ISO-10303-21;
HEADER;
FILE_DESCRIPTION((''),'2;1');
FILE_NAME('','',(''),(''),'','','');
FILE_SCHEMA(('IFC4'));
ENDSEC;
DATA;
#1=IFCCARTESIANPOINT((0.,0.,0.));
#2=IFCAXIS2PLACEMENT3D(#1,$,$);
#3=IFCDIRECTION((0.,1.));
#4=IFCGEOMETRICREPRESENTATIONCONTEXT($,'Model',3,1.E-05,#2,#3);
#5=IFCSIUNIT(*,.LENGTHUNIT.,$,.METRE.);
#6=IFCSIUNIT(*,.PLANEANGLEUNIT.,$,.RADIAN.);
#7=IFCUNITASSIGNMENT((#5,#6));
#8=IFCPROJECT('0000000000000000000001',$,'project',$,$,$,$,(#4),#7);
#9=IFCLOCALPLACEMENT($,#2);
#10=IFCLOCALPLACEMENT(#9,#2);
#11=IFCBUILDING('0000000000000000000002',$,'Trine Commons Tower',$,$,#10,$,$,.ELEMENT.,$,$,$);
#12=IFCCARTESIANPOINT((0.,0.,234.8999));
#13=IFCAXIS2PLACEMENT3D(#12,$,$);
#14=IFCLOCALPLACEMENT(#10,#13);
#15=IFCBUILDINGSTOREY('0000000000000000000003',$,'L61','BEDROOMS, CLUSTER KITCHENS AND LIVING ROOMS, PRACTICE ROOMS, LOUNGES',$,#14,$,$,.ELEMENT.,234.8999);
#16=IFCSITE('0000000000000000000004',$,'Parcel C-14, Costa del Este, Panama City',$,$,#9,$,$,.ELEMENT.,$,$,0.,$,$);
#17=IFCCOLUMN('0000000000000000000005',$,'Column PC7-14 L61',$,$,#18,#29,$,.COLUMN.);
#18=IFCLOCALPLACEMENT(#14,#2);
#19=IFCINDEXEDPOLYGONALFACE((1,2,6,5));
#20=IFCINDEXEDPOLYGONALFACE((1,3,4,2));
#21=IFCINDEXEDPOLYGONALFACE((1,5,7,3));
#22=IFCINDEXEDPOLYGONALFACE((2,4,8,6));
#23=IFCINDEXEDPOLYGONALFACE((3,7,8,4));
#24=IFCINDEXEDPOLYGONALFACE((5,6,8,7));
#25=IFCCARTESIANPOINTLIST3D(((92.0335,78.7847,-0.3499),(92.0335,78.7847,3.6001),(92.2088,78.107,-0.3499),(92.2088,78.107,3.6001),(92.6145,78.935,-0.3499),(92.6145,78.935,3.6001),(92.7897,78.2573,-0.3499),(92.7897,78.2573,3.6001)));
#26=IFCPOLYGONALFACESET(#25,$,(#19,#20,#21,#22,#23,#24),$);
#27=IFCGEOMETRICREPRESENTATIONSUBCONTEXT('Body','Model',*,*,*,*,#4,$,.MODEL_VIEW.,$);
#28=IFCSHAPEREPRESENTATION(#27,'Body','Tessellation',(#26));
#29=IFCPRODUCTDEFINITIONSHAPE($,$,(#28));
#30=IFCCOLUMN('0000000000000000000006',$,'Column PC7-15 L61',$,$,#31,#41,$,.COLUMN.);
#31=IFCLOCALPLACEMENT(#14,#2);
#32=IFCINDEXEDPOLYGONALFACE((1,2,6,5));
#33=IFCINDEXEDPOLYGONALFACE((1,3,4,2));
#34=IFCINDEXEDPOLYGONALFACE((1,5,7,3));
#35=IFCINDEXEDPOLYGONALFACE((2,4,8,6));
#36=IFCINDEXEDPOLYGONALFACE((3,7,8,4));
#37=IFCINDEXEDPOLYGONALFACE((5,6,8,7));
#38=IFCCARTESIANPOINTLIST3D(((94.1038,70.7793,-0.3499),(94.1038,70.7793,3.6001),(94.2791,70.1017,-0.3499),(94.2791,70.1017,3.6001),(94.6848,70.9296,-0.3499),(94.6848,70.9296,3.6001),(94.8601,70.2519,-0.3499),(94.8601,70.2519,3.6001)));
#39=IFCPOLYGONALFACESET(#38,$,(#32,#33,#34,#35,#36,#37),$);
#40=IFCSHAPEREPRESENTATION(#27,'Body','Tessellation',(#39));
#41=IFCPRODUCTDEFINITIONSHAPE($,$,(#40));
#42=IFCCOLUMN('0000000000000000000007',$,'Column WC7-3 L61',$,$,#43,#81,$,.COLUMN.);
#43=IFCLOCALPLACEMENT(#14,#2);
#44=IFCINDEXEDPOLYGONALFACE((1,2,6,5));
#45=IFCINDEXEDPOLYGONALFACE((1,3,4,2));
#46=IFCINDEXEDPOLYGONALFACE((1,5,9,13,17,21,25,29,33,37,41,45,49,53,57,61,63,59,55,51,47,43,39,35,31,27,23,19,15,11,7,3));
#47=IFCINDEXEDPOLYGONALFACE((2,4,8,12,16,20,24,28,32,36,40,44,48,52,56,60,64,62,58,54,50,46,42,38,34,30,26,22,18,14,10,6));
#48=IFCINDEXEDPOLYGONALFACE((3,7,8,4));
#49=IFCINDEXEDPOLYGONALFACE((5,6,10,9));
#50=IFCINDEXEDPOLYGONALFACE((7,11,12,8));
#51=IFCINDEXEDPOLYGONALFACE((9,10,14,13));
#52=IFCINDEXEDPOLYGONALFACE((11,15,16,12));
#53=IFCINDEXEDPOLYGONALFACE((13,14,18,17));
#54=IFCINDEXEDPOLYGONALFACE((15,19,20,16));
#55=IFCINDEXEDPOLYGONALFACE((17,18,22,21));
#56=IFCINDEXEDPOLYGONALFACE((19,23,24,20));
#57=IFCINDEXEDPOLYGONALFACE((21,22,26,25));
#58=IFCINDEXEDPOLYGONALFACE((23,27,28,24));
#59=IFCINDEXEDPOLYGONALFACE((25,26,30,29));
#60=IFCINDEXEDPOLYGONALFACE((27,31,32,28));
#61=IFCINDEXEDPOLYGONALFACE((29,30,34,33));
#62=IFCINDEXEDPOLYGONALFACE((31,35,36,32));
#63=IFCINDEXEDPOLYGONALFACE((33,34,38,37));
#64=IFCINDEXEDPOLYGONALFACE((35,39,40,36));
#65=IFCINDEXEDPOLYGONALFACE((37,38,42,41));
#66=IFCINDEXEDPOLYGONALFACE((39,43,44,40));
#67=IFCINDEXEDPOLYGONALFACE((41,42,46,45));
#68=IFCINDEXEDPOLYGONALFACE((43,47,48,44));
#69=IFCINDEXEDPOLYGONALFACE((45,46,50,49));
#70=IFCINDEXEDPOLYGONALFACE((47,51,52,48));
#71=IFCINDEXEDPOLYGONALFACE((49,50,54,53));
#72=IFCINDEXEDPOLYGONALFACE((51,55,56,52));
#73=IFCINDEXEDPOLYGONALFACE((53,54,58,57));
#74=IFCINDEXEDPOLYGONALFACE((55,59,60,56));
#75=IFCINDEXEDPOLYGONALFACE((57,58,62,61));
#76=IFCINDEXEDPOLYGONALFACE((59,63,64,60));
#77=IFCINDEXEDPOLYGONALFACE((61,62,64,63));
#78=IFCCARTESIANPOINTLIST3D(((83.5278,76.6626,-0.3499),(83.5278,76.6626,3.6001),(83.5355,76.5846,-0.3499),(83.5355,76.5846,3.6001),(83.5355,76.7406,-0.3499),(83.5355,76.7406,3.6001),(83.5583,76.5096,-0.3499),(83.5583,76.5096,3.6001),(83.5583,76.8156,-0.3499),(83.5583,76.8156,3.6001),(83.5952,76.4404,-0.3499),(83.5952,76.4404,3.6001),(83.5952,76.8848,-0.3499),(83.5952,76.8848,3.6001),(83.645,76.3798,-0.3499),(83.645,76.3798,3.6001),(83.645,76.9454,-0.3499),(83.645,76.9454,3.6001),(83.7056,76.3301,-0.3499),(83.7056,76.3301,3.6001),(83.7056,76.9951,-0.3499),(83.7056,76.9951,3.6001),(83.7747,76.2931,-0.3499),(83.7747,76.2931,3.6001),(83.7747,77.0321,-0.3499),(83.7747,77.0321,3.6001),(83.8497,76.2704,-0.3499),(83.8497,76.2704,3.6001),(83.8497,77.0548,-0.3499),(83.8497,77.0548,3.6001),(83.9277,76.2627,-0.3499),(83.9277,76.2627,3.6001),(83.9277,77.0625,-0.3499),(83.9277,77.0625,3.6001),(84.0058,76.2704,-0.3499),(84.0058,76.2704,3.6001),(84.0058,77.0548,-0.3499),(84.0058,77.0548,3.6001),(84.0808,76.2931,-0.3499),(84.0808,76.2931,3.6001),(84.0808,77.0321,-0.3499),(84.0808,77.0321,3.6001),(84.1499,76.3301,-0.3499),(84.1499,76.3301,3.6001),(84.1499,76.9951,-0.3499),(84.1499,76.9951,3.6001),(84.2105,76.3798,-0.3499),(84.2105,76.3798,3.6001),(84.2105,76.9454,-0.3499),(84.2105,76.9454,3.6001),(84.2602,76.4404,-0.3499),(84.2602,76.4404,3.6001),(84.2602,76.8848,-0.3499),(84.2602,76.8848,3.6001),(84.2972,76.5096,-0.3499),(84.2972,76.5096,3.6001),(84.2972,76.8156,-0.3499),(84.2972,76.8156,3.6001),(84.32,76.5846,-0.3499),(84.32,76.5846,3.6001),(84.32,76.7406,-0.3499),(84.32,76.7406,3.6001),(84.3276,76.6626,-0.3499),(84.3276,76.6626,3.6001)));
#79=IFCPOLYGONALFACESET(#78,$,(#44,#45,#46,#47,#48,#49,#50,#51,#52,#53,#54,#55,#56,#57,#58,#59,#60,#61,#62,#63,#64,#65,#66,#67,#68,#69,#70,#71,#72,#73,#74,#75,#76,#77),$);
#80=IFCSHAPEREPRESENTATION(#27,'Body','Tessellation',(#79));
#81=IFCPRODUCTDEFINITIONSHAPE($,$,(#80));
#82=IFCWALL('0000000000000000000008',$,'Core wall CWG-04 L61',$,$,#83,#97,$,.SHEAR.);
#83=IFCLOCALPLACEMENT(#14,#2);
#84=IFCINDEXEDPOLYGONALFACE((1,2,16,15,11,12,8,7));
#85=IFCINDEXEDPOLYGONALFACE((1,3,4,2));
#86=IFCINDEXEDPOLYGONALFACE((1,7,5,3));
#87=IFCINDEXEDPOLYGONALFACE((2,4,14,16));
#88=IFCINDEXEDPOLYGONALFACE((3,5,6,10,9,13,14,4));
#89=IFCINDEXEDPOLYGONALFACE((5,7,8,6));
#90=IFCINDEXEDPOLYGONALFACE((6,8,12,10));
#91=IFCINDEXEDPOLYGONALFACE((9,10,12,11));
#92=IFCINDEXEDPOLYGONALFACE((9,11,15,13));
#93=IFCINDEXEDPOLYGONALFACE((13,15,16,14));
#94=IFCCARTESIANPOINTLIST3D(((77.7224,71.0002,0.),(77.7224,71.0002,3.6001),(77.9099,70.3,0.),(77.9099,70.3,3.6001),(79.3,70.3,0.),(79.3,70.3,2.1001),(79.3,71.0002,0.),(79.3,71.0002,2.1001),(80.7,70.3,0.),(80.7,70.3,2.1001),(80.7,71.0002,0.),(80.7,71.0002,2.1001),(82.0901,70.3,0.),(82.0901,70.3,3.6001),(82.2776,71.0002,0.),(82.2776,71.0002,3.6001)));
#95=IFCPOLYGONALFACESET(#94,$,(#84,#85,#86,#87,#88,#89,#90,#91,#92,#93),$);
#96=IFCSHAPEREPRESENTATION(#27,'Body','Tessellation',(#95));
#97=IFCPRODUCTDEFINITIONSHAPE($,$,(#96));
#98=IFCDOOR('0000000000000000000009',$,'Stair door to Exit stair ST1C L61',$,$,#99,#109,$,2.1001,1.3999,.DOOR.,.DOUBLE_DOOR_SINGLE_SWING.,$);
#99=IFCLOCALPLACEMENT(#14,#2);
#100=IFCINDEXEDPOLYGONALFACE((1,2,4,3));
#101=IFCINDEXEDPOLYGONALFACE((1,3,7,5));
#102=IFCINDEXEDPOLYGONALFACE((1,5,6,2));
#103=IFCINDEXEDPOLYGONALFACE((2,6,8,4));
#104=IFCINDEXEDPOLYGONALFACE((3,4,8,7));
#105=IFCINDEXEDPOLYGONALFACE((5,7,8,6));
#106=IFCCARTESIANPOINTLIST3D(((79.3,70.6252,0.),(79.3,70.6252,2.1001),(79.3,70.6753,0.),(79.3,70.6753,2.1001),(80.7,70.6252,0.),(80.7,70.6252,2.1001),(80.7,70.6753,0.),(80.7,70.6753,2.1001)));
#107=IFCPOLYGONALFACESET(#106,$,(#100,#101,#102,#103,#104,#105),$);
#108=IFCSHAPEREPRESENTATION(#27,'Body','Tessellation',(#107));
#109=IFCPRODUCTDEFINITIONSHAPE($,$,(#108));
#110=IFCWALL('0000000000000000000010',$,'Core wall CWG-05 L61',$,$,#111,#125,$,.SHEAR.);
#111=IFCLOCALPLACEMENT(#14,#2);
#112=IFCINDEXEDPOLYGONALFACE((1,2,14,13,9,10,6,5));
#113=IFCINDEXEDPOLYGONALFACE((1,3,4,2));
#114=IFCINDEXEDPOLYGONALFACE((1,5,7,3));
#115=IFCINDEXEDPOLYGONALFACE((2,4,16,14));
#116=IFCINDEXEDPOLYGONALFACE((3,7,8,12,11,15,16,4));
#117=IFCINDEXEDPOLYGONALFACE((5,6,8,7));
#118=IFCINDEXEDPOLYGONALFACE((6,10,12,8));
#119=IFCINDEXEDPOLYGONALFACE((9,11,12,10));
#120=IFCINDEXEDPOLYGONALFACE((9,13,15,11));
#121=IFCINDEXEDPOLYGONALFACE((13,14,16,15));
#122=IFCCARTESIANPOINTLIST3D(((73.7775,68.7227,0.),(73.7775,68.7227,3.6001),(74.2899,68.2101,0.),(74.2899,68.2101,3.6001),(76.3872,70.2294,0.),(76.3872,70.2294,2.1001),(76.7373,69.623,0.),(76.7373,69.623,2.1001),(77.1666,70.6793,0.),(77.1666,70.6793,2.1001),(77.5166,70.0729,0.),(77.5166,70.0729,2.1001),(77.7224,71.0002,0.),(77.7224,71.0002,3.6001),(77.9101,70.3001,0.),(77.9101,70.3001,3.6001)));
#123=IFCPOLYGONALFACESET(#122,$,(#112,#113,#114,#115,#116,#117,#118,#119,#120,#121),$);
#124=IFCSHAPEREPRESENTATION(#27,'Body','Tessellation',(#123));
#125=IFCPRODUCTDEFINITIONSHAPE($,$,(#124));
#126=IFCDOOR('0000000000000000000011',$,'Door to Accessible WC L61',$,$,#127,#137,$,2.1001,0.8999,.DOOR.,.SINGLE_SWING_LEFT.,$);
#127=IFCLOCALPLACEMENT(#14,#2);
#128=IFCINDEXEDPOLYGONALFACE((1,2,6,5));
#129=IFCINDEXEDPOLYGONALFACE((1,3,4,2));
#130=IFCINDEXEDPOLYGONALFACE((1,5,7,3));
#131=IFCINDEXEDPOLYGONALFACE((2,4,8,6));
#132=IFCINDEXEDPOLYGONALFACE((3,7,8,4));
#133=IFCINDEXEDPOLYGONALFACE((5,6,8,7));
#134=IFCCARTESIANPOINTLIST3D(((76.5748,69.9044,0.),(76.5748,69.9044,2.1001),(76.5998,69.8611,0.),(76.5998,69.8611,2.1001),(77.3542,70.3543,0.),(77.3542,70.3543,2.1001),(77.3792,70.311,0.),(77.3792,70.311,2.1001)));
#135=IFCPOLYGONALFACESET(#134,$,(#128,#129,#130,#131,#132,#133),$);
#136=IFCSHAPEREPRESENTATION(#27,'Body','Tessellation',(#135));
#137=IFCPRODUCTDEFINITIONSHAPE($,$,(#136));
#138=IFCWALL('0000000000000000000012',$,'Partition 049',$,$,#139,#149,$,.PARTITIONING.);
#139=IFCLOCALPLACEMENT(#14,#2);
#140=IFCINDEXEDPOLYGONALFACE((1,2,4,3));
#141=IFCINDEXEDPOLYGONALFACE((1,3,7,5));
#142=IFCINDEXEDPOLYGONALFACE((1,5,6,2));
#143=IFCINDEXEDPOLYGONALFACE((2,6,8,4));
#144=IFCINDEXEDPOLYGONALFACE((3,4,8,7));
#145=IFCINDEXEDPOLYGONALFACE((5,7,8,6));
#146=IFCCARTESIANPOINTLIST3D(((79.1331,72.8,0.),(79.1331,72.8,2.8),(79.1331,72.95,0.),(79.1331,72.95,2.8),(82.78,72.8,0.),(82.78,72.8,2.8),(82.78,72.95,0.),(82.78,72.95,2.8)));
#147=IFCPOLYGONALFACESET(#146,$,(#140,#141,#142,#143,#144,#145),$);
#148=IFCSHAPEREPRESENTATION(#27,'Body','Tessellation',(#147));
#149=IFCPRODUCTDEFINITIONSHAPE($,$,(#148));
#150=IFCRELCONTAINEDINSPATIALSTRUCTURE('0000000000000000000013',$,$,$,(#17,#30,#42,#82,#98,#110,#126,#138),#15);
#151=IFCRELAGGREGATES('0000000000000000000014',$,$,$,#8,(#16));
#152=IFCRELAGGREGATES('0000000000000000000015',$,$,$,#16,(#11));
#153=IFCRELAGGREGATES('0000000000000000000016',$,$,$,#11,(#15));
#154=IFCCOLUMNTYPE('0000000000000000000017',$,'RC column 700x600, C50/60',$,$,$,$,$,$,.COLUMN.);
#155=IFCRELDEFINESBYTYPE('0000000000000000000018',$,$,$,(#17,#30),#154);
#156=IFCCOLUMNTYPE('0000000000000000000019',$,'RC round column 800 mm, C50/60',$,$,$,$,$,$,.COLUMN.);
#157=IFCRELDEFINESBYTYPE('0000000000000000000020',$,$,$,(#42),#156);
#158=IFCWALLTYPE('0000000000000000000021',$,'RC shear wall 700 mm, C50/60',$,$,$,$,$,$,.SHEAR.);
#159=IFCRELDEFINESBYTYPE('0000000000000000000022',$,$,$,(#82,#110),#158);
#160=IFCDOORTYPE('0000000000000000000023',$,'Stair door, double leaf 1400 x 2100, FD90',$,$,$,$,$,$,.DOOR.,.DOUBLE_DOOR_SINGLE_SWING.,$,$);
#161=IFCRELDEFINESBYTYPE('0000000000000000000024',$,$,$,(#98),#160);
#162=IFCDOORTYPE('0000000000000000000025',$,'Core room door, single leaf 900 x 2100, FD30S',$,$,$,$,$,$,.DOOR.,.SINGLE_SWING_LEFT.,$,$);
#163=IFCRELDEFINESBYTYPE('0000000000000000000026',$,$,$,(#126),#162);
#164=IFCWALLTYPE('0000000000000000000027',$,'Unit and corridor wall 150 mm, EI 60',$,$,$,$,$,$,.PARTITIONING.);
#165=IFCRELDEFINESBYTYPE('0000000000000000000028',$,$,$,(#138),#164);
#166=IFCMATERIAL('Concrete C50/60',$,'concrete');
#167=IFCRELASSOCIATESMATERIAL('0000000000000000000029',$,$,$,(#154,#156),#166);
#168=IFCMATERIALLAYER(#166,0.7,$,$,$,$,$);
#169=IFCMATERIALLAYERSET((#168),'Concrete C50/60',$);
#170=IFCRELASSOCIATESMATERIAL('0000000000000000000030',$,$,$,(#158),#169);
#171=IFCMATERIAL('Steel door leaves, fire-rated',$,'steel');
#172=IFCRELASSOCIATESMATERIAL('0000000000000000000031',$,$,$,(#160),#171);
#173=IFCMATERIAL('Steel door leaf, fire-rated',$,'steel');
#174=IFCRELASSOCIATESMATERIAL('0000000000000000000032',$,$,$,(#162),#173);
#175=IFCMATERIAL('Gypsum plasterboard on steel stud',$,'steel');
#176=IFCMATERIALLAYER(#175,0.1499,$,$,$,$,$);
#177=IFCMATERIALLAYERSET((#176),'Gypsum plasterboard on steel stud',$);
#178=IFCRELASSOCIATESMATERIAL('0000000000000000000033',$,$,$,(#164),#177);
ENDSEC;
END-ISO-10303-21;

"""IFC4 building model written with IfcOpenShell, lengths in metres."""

from ifc_helpers import new_model, si_unit, direction, frame, frame_2d, origin, origin_2d, place, context, subcontext, project, spatial, polyline, rectangle, circle, outline, extrude, material, layer, layer_set, material_profile, profile_set, type_object, element, fill, save


model = new_model("IFC4")

# Units and contexts
model_context = context("Model", 3, precision=1e-05, world=origin(), true_north=direction((0.0, 1.0)))
body_context = subcontext(model_context, "Body", "Model", "MODEL_VIEW")
ifc_project = project(units=[si_unit("LENGTHUNIT", "METRE"), si_unit("PLANEANGLEUNIT", "RADIAN")], contexts=[model_context])

# Site, building, storey
site_placement = place(None, origin())
site = spatial("IfcSite", under=ifc_project, at=site_placement, Name="Parcel C-14, Costa del Este, Panama City", CompositionType="ELEMENT", RefElevation=0.0)
building_placement = place(site_placement, origin())
building = spatial("IfcBuilding", under=site, at=building_placement, Name="Trine Commons Tower", CompositionType="ELEMENT")
storey_placement = place(building_placement, frame((0.0, 0.0, 234.8999)))
storey = spatial("IfcBuildingStorey", under=building, at=storey_placement, Name="L61", Description="BEDROOMS, CLUSTER KITCHENS AND LIVING ROOMS, PRACTICE ROOMS, LOUNGES", CompositionType="ELEMENT", Elevation=234.8999)

# Columns
ifc_material_1 = material(Name="Concrete C50/60", Category="concrete")
ifc_material_profile_1 = material_profile(ifc_material_1, rectangle(XDim=0.7, YDim=0.6001, at=origin_2d()), Name="RC 700x600")
ifc_profile_set_1 = profile_set([ifc_material_profile_1], Name="Concrete C50/60")
column_type_1 = type_object("IfcColumnType", Name="RC column 700x600, C50/60", PredefinedType="COLUMN", material=ifc_profile_set_1)
for number, where, z_axis, x_axis, name in (
    (1, (92.4116, 78.521, -0.3499), (0.0, 0.0, 1.0), (-0.25038, 0.968148, 0.0), "Column PC7-14 L61"),
    (2, (94.4819, 70.5156, -0.3499), (0.0, 0.0, 1.0), (-0.25038, 0.968148, 0.0), "Column PC7-15 L61"),
):
    element("IfcColumn", number, at=place(storey_placement, frame(where, z_axis=z_axis, x_axis=x_axis)), inside=storey, type_object=column_type_1, Name=name, PredefinedType="COLUMN", context=body_context, shape_type="SweptSolid", body=[
        extrude(rectangle(XDim=0.7, YDim=0.6001, at=origin_2d()), origin(), (0.0, 0.0, 1.0), 3.95),
    ])
ifc_material_profile_2 = material_profile(ifc_material_1, circle(Radius=0.3999, at=origin_2d()), Name="RC round 800")
ifc_profile_set_2 = profile_set([ifc_material_profile_2], Name="Concrete C50/60")
column_type_2 = type_object("IfcColumnType", Name="RC round column 800 mm, C50/60", PredefinedType="COLUMN", material=ifc_profile_set_2)
column_placement = place(storey_placement, frame((83.9277, 76.6626, -0.3499), z_axis=(0.0, 0.0, 1.0), x_axis=(1.0, 0.0, 0.0)))
element("IfcColumn", 3, at=column_placement, inside=storey, type_object=column_type_2, Name="Column WC7-3 L61", PredefinedType="COLUMN", context=body_context, shape_type="SweptSolid", body=[
    extrude(circle(Radius=0.3999, at=origin_2d()), origin(), (0.0, 0.0, 1.0), 3.95),
])

# Walls, openings, doors
ifc_layer_1 = layer(ifc_material_1, 0.7)
ifc_layer_set_1 = layer_set([ifc_layer_1], Name="Concrete C50/60")
wall_type_1 = type_object("IfcWallType", Name="RC shear wall 700 mm, C50/60", PredefinedType="SHEAR", material=ifc_layer_set_1)
wall_1_placement = place(storey_placement, frame((82.2776, 70.6501, 0.0), z_axis=(0.0, 0.0, 1.0), x_axis=(-1.0, 0.0, 0.0)))
wall_1 = element("IfcWall", 4, at=wall_1_placement, inside=storey, type_object=wall_type_1, Name="Core wall CWG-04 L61", PredefinedType="SHEAR", context=body_context, shape_type="SweptSolid", body=[
    extrude(outline(polyline([(0.0, -0.3501), (4.5552, -0.3501), (4.3677, 0.3501), (0.1875, 0.3501), (0.0, -0.3501)])), origin(), (0.0, 0.0, 1.0), 3.6001),
])
opening_1_placement = place(wall_1_placement, frame((1.5776, 0.0, 0.0)))
opening_1 = element("IfcOpeningElement", 5, at=opening_1_placement, cuts=wall_1, PredefinedType="OPENING", context=body_context, shape_type="SweptSolid", body=[
    extrude(rectangle(XDim=1.3999, YDim=2.1001, at=frame_2d((0.7, 1.05))), frame((0.0, 0.3599, 0.0), z_axis=(0.0, -1.0, 0.0), x_axis=(1.0, 0.0, 0.0)), (0.0, 0.0, 1.0), 0.72),
])
ifc_material_2 = material(Name="Steel door leaves, fire-rated", Category="steel")
door_type_1 = type_object("IfcDoorType", Name="Stair door, double leaf 1400 x 2100, FD90", OperationType="DOUBLE_DOOR_SINGLE_SWING", PredefinedType="DOOR", material=ifc_material_2)
door_1_placement = place(opening_1_placement, origin())
door_1 = element("IfcDoor", 6, at=door_1_placement, inside=storey, type_object=door_type_1, Name="Stair door to Exit stair ST1C L61", OperationType="DOUBLE_DOOR_SINGLE_SWING", OverallHeight=2.1001, OverallWidth=1.3999, PredefinedType="DOOR", context=body_context, shape_type="SweptSolid", body=[
    extrude(rectangle(XDim=1.3999, YDim=2.1001, at=frame_2d((0.7, 1.05))), frame((0.0, 0.0249, 0.0), z_axis=(0.0, -1.0, 0.0), x_axis=(1.0, 0.0, 0.0)), (0.0, 0.0, 1.0), 0.05),
])
fill(opening_1, door_1)
wall_2_placement = place(storey_placement, frame((77.8975, 70.697, 0.0), z_axis=(0.0, 0.0, 1.0), x_axis=(-0.866035, -0.499984, 0.0)))
wall_2 = element("IfcWall", 7, at=wall_2_placement, inside=storey, type_object=wall_type_1, Name="Core wall CWG-05 L61", PredefinedType="SHEAR", context=body_context, shape_type="SweptSolid", body=[
    extrude(outline(polyline([(0.0, -0.3501), (4.5552, -0.3501), (4.3677, 0.3501), (0.1875, 0.3501), (0.0, -0.3501)])), origin(), (0.0, 0.0, 1.0), 3.6001),
])
opening_2_placement = place(wall_2_placement, frame((0.6418, 0.0, 0.0)))
opening_2 = element("IfcOpeningElement", 8, at=opening_2_placement, cuts=wall_2, PredefinedType="OPENING", context=body_context, shape_type="SweptSolid", body=[
    extrude(rectangle(XDim=0.8999, YDim=2.1001, at=frame_2d((0.45, 1.05))), frame((0.0, 0.3599, 0.0), z_axis=(0.0, -1.0, 0.0), x_axis=(1.0, 0.0, 0.0)), (0.0, 0.0, 1.0), 0.72),
])
ifc_material_3 = material(Name="Steel door leaf, fire-rated", Category="steel")
door_type_2 = type_object("IfcDoorType", Name="Core room door, single leaf 900 x 2100, FD30S", OperationType="SINGLE_SWING_LEFT", PredefinedType="DOOR", material=ifc_material_3)
door_2_placement = place(opening_2_placement, origin())
door_2 = element("IfcDoor", 9, at=door_2_placement, inside=storey, type_object=door_type_2, Name="Door to Accessible WC L61", OperationType="SINGLE_SWING_LEFT", OverallHeight=2.1001, OverallWidth=0.8999, PredefinedType="DOOR", context=body_context, shape_type="SweptSolid", body=[
    extrude(rectangle(XDim=0.8999, YDim=2.1001, at=frame_2d((0.45, 1.05))), frame((0.0, 0.0752, 0.0), z_axis=(0.0, -1.0, 0.0), x_axis=(1.0, 0.0, 0.0)), (0.0, 0.0, 1.0), 0.05),
])
fill(opening_2, door_2)

# Wall
ifc_material_4 = material(Name="Gypsum plasterboard on steel stud", Category="steel")
ifc_layer_2 = layer(ifc_material_4, 0.1499)
ifc_layer_set_2 = layer_set([ifc_layer_2], Name="Gypsum plasterboard on steel stud")
wall_type_2 = type_object("IfcWallType", Name="Unit and corridor wall 150 mm, EI 60", PredefinedType="PARTITIONING", material=ifc_layer_set_2)
wall_3_placement = place(storey_placement, frame((79.1331, 72.875, 0.0), z_axis=(0.0, 0.0, 1.0), x_axis=(1.0, 0.0, 0.0)))
element("IfcWall", 10, at=wall_3_placement, inside=storey, type_object=wall_type_2, Name="Partition 049", PredefinedType="PARTITIONING", context=body_context, shape_type="SweptSolid", body=[
    extrude(rectangle(XDim=3.647, YDim=0.1499, at=frame_2d((1.8235, 0.0))), origin(), (0.0, 0.0, 1.0), 2.8),
])

save(model, "model.ifc")
